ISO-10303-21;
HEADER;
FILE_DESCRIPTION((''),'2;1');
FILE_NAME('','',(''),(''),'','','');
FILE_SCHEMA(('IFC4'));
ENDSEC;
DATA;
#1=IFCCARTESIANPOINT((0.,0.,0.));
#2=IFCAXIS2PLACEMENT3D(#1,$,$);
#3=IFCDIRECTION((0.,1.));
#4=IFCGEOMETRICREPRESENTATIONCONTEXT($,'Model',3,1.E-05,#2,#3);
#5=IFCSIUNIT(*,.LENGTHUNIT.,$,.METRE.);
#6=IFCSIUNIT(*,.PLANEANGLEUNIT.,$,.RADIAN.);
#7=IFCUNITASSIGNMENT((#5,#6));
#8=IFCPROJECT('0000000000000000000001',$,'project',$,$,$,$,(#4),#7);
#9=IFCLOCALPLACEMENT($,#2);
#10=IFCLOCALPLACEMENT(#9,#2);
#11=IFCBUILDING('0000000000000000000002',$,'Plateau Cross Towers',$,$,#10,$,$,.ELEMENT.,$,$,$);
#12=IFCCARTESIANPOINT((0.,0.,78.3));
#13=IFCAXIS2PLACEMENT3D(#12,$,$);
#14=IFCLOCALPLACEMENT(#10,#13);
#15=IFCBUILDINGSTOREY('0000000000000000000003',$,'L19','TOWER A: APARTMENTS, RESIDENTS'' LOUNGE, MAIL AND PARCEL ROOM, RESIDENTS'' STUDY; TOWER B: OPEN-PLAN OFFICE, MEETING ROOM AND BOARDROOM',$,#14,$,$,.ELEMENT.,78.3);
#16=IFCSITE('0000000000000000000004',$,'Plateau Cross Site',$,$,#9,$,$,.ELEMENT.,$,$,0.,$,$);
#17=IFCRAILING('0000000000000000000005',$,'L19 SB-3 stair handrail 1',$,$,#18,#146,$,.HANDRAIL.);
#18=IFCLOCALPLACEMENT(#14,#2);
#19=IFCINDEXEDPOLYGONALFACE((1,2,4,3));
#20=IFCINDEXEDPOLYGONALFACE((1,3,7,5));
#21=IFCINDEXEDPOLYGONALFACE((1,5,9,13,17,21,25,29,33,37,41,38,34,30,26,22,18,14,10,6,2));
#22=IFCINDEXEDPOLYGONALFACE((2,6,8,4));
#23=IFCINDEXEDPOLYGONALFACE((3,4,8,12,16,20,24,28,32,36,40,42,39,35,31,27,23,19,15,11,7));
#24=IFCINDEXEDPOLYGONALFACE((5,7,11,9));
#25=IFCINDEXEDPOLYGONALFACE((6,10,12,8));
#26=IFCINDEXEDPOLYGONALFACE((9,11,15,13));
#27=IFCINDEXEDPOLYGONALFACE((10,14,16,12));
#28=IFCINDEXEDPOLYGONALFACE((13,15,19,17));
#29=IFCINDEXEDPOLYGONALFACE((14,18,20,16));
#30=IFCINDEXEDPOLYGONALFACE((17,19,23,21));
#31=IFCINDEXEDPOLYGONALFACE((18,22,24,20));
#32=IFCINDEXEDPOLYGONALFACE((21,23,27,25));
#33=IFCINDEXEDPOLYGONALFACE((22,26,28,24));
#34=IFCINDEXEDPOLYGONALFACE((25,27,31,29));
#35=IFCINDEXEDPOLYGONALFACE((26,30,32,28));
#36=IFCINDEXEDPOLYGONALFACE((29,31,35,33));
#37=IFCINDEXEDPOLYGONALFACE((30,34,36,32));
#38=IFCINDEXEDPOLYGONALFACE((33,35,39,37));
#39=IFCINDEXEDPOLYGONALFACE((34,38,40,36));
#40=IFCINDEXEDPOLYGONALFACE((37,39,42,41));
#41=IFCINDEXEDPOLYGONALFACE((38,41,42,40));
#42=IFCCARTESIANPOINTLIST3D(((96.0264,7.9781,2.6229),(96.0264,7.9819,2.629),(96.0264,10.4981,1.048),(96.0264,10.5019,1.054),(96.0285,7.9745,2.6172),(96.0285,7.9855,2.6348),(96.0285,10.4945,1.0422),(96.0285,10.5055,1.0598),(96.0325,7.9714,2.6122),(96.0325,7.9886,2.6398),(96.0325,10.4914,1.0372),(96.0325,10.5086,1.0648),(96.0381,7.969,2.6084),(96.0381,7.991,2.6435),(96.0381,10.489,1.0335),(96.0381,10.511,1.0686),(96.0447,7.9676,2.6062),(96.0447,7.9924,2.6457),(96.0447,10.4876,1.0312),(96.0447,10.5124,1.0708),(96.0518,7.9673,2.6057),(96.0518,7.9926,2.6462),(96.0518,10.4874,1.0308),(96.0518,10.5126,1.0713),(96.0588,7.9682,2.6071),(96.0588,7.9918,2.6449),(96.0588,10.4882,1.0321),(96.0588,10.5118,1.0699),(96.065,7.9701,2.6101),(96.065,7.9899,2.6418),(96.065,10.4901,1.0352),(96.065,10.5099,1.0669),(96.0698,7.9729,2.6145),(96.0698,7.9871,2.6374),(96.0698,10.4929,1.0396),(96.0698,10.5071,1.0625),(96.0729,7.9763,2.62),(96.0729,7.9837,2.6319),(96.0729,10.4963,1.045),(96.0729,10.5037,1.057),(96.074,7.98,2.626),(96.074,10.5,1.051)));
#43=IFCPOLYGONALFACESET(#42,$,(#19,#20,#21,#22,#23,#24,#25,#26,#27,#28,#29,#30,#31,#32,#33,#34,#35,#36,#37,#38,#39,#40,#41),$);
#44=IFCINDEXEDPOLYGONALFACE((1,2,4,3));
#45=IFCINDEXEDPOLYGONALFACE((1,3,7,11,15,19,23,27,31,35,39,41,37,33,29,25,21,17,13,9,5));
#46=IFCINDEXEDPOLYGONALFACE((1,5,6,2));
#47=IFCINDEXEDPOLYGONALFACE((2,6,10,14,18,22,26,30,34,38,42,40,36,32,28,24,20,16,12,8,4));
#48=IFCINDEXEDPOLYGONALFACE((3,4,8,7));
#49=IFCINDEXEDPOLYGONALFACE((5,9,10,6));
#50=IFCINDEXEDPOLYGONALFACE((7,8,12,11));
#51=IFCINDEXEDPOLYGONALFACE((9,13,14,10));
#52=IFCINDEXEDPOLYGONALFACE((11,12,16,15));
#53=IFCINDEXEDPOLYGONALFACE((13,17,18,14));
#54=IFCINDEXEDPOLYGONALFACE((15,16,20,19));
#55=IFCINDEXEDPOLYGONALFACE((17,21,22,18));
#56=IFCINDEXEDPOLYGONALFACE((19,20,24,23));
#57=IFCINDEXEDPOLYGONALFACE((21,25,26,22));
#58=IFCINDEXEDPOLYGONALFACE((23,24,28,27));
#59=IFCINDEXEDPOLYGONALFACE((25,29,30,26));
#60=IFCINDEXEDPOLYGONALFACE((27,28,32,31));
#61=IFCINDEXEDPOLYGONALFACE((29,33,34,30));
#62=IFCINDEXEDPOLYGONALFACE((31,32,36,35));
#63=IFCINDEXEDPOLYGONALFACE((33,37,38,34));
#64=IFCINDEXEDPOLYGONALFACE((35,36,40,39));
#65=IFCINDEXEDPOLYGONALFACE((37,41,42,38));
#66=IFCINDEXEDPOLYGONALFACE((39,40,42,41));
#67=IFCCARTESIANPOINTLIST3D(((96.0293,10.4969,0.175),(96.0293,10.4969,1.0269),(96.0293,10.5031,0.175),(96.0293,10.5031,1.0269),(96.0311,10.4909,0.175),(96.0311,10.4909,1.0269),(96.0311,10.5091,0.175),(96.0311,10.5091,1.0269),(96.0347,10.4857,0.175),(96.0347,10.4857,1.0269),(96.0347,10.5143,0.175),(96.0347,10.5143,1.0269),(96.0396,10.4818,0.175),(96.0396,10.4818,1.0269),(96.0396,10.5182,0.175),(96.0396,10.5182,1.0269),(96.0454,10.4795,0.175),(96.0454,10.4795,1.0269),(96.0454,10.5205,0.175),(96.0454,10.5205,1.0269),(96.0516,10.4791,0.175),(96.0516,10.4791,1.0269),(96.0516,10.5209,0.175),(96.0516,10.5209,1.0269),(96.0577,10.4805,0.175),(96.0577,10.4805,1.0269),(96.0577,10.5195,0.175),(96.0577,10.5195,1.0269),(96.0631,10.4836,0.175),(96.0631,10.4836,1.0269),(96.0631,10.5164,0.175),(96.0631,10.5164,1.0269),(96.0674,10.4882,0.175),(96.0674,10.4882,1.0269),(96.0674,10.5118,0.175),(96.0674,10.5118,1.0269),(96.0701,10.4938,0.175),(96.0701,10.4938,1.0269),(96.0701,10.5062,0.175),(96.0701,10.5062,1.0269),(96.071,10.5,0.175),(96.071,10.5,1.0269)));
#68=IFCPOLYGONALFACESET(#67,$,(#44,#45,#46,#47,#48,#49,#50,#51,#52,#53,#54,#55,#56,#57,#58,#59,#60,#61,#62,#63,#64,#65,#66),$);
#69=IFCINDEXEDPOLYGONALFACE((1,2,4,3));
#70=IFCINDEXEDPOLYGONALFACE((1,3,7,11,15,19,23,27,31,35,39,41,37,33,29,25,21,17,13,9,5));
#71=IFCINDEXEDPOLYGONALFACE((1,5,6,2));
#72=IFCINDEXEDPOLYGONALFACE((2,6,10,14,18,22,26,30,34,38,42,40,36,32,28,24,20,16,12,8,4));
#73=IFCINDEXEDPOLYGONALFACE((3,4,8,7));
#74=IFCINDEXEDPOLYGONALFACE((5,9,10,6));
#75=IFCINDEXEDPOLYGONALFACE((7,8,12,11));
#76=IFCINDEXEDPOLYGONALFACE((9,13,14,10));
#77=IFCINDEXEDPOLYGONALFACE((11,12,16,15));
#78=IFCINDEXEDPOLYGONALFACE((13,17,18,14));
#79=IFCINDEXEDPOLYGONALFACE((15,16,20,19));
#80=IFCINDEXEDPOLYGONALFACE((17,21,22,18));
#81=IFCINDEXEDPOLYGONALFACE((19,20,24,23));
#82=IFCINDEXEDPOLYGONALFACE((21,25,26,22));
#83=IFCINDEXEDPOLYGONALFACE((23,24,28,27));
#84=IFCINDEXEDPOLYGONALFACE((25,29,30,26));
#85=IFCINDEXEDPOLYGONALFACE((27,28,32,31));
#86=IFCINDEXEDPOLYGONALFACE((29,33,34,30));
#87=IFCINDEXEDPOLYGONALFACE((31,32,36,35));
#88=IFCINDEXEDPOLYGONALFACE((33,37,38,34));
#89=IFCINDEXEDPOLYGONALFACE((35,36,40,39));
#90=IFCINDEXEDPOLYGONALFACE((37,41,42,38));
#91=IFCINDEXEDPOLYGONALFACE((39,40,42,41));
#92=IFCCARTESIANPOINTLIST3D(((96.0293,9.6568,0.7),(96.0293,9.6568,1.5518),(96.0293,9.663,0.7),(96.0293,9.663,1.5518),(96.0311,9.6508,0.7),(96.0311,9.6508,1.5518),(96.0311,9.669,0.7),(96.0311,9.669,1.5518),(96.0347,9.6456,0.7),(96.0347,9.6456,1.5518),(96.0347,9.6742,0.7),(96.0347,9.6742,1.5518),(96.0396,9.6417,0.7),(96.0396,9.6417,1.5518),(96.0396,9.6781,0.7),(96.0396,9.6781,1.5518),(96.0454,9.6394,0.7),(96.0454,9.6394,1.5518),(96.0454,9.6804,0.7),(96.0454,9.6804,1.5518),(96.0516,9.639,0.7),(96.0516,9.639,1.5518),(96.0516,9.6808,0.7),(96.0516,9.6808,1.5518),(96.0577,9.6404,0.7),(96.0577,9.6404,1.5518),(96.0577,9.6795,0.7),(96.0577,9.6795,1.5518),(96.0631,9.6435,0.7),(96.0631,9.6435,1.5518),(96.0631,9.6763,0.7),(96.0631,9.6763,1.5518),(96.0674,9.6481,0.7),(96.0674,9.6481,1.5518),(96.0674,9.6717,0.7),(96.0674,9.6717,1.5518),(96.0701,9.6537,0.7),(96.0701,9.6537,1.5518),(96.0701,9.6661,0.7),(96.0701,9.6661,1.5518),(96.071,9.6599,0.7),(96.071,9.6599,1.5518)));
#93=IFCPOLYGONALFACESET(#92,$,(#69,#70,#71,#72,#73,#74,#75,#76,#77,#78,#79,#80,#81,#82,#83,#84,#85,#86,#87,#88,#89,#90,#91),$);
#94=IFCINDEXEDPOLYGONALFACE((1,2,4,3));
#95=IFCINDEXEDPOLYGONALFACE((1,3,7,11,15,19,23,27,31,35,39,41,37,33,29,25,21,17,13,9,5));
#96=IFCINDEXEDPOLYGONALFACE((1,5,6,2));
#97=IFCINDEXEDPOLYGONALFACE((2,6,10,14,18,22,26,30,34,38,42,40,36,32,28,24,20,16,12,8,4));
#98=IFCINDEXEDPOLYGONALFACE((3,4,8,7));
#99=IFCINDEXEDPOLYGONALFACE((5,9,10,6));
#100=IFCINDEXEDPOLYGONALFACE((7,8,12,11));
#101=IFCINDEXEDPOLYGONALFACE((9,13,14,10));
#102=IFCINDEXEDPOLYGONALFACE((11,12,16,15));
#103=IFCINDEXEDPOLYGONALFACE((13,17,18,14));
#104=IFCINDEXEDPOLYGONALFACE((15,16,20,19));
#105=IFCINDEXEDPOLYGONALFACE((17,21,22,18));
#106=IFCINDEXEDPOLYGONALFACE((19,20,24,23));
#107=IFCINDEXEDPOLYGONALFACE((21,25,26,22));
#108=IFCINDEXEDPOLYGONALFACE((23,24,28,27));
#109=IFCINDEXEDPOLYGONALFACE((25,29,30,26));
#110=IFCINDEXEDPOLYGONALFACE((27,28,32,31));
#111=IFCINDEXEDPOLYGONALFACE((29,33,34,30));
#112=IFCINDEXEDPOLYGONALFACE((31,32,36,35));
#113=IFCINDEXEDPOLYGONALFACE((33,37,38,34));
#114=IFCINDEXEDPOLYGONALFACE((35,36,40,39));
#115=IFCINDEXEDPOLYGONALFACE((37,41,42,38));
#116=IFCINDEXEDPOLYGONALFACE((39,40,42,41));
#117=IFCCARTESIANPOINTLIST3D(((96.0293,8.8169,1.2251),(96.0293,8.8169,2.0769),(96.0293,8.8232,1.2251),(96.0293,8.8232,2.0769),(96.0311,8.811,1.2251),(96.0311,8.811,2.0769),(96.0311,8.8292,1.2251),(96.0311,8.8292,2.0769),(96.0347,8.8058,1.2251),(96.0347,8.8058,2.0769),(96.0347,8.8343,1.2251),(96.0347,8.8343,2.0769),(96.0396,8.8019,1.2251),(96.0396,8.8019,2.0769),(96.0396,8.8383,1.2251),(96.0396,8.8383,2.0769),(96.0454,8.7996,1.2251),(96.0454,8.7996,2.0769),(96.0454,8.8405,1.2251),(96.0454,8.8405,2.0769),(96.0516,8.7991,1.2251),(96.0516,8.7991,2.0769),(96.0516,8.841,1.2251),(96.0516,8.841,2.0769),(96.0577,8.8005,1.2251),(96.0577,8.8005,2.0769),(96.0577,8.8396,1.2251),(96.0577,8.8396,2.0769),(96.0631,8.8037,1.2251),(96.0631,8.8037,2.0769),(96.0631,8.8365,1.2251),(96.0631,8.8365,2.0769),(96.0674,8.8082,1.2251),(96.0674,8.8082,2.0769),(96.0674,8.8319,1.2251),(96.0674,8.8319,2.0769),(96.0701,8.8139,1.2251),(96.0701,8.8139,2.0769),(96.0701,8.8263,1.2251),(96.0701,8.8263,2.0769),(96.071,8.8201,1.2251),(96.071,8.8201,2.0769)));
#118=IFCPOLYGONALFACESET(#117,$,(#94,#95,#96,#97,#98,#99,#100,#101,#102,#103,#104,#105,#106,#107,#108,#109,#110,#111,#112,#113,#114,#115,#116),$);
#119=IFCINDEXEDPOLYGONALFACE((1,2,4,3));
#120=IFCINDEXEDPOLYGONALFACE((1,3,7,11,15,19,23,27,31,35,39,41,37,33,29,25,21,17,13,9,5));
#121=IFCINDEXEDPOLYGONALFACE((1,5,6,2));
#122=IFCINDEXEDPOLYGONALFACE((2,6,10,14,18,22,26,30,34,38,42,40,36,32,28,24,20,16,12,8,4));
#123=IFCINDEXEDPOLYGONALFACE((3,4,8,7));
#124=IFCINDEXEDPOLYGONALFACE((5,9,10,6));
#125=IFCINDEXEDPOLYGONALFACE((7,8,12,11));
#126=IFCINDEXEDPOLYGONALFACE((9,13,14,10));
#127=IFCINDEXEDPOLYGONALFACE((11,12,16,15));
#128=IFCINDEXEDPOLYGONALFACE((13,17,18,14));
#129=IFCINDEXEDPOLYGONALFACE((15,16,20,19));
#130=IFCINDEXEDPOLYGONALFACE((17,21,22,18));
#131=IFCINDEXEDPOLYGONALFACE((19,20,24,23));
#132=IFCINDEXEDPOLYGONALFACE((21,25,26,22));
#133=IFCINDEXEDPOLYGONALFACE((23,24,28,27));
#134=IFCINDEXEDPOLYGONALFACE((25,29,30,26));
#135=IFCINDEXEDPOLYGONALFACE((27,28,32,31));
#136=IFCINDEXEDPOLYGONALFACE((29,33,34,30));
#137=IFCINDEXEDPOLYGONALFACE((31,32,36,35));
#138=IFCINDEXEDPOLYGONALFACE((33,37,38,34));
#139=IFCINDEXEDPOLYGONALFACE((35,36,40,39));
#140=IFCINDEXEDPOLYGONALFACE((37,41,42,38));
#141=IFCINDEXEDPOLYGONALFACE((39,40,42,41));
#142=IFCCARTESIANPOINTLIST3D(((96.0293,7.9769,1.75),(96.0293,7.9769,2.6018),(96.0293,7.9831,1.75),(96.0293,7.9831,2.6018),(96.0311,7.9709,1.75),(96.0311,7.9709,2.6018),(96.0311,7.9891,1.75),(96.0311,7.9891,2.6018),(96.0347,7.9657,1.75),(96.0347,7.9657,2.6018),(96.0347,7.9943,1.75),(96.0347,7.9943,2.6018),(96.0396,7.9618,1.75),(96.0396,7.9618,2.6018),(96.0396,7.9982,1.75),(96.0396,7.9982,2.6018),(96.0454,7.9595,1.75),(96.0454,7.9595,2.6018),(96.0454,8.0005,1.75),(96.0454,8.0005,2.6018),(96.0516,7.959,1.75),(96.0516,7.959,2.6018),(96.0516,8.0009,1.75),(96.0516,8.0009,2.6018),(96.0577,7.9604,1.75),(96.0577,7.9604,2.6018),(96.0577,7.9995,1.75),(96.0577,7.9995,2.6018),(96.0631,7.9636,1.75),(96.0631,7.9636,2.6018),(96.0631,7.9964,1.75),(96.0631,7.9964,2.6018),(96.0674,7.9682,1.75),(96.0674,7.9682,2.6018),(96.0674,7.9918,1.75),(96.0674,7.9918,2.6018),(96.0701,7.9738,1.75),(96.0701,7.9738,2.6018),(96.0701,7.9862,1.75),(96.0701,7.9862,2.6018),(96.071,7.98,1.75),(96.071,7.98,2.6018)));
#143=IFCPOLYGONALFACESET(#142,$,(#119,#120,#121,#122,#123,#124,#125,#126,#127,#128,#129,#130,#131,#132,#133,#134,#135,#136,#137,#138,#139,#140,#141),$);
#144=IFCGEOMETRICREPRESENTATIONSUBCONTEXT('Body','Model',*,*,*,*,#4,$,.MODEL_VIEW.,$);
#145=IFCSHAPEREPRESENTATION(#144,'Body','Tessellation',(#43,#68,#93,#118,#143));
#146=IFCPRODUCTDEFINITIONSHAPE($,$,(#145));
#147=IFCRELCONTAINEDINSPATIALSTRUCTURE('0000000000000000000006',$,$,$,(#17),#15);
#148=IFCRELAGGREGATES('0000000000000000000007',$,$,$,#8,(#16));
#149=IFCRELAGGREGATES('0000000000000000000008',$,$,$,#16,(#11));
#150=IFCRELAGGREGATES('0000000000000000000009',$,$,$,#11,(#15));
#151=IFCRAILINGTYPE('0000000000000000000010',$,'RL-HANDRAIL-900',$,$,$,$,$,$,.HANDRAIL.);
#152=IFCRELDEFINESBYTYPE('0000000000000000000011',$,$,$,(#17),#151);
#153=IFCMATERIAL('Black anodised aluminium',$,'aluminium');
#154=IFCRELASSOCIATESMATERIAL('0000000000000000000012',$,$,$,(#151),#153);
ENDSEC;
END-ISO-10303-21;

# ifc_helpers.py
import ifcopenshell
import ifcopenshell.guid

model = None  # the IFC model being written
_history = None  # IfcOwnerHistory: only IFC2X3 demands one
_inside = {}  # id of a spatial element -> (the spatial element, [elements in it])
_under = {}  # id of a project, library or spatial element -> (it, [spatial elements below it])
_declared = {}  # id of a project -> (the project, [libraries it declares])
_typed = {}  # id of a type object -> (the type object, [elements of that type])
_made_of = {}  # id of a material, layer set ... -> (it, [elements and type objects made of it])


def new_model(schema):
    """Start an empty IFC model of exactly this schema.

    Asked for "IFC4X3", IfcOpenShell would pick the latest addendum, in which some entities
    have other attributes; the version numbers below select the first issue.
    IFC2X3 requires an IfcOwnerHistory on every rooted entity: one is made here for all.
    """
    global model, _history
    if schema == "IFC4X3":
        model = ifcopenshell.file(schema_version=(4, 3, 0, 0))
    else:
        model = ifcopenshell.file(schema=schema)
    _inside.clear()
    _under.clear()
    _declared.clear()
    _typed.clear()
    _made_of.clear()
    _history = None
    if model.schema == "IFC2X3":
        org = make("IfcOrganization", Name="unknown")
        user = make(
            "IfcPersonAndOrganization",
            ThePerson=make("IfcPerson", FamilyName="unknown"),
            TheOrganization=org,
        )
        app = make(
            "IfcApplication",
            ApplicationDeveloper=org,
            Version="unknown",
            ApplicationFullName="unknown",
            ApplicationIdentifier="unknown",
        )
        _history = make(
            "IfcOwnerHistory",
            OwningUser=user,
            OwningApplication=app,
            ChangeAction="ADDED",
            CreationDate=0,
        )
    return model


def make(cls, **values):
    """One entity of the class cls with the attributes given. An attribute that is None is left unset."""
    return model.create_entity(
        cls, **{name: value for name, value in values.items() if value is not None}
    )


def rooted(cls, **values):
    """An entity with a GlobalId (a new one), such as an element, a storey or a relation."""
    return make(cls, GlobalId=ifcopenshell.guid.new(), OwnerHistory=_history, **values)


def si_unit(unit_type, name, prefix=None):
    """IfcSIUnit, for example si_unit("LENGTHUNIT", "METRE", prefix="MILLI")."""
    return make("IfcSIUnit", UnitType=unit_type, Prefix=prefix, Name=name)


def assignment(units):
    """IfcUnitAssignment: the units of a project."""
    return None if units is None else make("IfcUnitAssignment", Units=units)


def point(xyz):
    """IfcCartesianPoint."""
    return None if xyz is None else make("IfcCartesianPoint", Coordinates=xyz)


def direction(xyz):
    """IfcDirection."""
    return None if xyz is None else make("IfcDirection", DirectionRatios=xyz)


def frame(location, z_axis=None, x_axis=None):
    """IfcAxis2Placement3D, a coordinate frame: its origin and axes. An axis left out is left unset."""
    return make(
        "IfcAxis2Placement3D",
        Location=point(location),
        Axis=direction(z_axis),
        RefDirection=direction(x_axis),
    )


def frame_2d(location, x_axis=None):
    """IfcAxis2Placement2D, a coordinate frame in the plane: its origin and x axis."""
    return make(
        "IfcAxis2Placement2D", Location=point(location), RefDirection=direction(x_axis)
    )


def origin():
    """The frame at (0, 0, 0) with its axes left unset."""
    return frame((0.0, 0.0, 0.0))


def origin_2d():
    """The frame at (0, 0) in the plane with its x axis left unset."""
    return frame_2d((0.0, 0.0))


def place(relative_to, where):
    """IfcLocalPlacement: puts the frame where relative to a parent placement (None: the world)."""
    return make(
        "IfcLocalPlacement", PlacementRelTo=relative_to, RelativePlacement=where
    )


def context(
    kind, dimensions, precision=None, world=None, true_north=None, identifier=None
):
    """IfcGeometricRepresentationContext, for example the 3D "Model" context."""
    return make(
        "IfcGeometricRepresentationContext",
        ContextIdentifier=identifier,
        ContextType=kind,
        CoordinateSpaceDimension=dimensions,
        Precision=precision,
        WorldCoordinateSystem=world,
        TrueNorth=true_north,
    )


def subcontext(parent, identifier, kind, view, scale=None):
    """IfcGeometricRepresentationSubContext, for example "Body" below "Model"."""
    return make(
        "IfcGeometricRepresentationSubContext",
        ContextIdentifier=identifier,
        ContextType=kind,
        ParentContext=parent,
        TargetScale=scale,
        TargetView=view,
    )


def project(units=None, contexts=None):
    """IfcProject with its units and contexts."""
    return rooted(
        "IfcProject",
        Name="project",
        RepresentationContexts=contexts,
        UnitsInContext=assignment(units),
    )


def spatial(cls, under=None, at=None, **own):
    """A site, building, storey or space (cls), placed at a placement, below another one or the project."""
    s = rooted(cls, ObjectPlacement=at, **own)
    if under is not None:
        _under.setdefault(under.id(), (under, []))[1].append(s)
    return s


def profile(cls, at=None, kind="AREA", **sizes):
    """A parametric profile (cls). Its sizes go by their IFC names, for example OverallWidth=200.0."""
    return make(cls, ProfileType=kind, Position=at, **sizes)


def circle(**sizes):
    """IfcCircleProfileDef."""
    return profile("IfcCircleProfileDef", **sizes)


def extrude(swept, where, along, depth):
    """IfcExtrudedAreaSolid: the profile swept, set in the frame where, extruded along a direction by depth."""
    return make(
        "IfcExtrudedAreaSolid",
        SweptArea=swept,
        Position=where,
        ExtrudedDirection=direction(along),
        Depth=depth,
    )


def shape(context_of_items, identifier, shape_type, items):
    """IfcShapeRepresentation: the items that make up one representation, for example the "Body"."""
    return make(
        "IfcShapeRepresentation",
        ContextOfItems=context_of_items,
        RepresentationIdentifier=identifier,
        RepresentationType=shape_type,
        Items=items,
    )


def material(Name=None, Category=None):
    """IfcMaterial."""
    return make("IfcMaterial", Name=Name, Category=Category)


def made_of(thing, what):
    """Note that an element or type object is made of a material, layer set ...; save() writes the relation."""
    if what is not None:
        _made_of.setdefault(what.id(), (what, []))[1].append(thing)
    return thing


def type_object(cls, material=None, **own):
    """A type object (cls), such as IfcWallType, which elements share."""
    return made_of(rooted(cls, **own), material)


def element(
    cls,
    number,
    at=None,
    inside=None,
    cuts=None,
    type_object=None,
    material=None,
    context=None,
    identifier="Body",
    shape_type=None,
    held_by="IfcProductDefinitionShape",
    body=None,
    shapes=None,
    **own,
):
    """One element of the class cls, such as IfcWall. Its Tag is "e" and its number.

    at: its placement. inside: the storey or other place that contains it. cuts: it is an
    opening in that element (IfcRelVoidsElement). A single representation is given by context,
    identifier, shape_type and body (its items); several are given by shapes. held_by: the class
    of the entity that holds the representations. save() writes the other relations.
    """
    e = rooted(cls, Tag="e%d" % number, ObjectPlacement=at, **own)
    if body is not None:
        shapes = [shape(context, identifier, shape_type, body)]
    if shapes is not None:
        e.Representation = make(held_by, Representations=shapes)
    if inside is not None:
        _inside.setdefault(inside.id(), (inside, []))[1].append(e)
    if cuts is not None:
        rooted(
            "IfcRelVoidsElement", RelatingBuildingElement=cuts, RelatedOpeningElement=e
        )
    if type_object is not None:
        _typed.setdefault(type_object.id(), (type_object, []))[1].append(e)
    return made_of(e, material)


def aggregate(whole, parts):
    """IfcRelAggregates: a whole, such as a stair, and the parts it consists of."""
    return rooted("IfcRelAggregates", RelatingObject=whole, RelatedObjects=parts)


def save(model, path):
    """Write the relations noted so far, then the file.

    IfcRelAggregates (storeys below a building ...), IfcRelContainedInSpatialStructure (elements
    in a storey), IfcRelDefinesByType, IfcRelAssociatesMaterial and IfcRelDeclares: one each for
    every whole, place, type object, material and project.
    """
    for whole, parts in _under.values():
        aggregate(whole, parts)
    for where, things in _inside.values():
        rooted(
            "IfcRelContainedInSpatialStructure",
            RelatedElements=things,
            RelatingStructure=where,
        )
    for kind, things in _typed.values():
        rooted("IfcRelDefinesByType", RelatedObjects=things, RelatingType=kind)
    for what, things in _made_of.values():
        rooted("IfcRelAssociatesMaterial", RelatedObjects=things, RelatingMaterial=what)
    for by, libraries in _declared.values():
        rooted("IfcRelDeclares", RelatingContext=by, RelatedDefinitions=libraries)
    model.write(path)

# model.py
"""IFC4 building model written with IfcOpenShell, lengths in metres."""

from ifc_helpers import new_model, si_unit, direction, frame, origin, origin_2d, place, context, subcontext, project, spatial, circle, extrude, material, type_object, element, save


model = new_model("IFC4")

# Units and contexts
model_context = context("Model", 3, precision=1e-05, world=origin(), true_north=direction((0.0, 1.0)))
body_context = subcontext(model_context, "Body", "Model", "MODEL_VIEW")
ifc_project = project(units=[si_unit("LENGTHUNIT", "METRE"), si_unit("PLANEANGLEUNIT", "RADIAN")], contexts=[model_context])

# Site, building, storey
site_placement = place(None, origin())
site = spatial("IfcSite", under=ifc_project, at=site_placement, Name="Plateau Cross Site", CompositionType="ELEMENT", RefElevation=0.0)
building_placement = place(site_placement, origin())
building = spatial("IfcBuilding", under=site, at=building_placement, Name="Plateau Cross Towers", CompositionType="ELEMENT")
storey_placement = place(building_placement, frame((0.0, 0.0, 78.3)))
storey = spatial("IfcBuildingStorey", under=building, at=storey_placement, Name="L19", Description="TOWER A: APARTMENTS, RESIDENTS' LOUNGE, MAIL AND PARCEL ROOM, RESIDENTS' STUDY; TOWER B: OPEN-PLAN OFFICE, MEETING ROOM AND BOARDROOM", CompositionType="ELEMENT", Elevation=78.3)

# Shared definitions
ifc_material_1 = material(Name="Black anodised aluminium", Category="aluminium")

# Railing
railing_type_1 = type_object("IfcRailingType", Name="RL-HANDRAIL-900", PredefinedType="HANDRAIL", material=ifc_material_1)
railing_1_placement = place(storey_placement, frame((96.05, 10.5, 0.175)))
element("IfcRailing", 1, at=railing_1_placement, inside=storey, type_object=railing_type_1, Name="L19 SB-3 stair handrail 1", PredefinedType="HANDRAIL", context=body_context, shape_type="SweptSolid", body=[
    extrude(circle(Radius=0.0239, at=origin_2d()), frame((0.0, 0.0, 0.876), z_axis=(0.0, -0.848008, 0.529984), x_axis=(1.0, 0.0, 0.0)), (0.0, 0.0, 1.0), 2.9717),
    extrude(circle(Radius=0.021, at=origin_2d()), origin(), (0.0, 0.0, 1.0), 0.8518),
    extrude(circle(Radius=0.021, at=origin_2d()), frame((0.0, -0.8401, 0.5249)), (0.0, 0.0, 1.0), 0.8518),
    extrude(circle(Radius=0.021, at=origin_2d()), frame((0.0, -1.6799, 1.05)), (0.0, 0.0, 1.0), 0.8518),
    extrude(circle(Radius=0.021, at=origin_2d()), frame((0.0, -2.52, 1.575)), (0.0, 0.0, 1.0), 0.8518),
])

save(model, "model.ifc")
